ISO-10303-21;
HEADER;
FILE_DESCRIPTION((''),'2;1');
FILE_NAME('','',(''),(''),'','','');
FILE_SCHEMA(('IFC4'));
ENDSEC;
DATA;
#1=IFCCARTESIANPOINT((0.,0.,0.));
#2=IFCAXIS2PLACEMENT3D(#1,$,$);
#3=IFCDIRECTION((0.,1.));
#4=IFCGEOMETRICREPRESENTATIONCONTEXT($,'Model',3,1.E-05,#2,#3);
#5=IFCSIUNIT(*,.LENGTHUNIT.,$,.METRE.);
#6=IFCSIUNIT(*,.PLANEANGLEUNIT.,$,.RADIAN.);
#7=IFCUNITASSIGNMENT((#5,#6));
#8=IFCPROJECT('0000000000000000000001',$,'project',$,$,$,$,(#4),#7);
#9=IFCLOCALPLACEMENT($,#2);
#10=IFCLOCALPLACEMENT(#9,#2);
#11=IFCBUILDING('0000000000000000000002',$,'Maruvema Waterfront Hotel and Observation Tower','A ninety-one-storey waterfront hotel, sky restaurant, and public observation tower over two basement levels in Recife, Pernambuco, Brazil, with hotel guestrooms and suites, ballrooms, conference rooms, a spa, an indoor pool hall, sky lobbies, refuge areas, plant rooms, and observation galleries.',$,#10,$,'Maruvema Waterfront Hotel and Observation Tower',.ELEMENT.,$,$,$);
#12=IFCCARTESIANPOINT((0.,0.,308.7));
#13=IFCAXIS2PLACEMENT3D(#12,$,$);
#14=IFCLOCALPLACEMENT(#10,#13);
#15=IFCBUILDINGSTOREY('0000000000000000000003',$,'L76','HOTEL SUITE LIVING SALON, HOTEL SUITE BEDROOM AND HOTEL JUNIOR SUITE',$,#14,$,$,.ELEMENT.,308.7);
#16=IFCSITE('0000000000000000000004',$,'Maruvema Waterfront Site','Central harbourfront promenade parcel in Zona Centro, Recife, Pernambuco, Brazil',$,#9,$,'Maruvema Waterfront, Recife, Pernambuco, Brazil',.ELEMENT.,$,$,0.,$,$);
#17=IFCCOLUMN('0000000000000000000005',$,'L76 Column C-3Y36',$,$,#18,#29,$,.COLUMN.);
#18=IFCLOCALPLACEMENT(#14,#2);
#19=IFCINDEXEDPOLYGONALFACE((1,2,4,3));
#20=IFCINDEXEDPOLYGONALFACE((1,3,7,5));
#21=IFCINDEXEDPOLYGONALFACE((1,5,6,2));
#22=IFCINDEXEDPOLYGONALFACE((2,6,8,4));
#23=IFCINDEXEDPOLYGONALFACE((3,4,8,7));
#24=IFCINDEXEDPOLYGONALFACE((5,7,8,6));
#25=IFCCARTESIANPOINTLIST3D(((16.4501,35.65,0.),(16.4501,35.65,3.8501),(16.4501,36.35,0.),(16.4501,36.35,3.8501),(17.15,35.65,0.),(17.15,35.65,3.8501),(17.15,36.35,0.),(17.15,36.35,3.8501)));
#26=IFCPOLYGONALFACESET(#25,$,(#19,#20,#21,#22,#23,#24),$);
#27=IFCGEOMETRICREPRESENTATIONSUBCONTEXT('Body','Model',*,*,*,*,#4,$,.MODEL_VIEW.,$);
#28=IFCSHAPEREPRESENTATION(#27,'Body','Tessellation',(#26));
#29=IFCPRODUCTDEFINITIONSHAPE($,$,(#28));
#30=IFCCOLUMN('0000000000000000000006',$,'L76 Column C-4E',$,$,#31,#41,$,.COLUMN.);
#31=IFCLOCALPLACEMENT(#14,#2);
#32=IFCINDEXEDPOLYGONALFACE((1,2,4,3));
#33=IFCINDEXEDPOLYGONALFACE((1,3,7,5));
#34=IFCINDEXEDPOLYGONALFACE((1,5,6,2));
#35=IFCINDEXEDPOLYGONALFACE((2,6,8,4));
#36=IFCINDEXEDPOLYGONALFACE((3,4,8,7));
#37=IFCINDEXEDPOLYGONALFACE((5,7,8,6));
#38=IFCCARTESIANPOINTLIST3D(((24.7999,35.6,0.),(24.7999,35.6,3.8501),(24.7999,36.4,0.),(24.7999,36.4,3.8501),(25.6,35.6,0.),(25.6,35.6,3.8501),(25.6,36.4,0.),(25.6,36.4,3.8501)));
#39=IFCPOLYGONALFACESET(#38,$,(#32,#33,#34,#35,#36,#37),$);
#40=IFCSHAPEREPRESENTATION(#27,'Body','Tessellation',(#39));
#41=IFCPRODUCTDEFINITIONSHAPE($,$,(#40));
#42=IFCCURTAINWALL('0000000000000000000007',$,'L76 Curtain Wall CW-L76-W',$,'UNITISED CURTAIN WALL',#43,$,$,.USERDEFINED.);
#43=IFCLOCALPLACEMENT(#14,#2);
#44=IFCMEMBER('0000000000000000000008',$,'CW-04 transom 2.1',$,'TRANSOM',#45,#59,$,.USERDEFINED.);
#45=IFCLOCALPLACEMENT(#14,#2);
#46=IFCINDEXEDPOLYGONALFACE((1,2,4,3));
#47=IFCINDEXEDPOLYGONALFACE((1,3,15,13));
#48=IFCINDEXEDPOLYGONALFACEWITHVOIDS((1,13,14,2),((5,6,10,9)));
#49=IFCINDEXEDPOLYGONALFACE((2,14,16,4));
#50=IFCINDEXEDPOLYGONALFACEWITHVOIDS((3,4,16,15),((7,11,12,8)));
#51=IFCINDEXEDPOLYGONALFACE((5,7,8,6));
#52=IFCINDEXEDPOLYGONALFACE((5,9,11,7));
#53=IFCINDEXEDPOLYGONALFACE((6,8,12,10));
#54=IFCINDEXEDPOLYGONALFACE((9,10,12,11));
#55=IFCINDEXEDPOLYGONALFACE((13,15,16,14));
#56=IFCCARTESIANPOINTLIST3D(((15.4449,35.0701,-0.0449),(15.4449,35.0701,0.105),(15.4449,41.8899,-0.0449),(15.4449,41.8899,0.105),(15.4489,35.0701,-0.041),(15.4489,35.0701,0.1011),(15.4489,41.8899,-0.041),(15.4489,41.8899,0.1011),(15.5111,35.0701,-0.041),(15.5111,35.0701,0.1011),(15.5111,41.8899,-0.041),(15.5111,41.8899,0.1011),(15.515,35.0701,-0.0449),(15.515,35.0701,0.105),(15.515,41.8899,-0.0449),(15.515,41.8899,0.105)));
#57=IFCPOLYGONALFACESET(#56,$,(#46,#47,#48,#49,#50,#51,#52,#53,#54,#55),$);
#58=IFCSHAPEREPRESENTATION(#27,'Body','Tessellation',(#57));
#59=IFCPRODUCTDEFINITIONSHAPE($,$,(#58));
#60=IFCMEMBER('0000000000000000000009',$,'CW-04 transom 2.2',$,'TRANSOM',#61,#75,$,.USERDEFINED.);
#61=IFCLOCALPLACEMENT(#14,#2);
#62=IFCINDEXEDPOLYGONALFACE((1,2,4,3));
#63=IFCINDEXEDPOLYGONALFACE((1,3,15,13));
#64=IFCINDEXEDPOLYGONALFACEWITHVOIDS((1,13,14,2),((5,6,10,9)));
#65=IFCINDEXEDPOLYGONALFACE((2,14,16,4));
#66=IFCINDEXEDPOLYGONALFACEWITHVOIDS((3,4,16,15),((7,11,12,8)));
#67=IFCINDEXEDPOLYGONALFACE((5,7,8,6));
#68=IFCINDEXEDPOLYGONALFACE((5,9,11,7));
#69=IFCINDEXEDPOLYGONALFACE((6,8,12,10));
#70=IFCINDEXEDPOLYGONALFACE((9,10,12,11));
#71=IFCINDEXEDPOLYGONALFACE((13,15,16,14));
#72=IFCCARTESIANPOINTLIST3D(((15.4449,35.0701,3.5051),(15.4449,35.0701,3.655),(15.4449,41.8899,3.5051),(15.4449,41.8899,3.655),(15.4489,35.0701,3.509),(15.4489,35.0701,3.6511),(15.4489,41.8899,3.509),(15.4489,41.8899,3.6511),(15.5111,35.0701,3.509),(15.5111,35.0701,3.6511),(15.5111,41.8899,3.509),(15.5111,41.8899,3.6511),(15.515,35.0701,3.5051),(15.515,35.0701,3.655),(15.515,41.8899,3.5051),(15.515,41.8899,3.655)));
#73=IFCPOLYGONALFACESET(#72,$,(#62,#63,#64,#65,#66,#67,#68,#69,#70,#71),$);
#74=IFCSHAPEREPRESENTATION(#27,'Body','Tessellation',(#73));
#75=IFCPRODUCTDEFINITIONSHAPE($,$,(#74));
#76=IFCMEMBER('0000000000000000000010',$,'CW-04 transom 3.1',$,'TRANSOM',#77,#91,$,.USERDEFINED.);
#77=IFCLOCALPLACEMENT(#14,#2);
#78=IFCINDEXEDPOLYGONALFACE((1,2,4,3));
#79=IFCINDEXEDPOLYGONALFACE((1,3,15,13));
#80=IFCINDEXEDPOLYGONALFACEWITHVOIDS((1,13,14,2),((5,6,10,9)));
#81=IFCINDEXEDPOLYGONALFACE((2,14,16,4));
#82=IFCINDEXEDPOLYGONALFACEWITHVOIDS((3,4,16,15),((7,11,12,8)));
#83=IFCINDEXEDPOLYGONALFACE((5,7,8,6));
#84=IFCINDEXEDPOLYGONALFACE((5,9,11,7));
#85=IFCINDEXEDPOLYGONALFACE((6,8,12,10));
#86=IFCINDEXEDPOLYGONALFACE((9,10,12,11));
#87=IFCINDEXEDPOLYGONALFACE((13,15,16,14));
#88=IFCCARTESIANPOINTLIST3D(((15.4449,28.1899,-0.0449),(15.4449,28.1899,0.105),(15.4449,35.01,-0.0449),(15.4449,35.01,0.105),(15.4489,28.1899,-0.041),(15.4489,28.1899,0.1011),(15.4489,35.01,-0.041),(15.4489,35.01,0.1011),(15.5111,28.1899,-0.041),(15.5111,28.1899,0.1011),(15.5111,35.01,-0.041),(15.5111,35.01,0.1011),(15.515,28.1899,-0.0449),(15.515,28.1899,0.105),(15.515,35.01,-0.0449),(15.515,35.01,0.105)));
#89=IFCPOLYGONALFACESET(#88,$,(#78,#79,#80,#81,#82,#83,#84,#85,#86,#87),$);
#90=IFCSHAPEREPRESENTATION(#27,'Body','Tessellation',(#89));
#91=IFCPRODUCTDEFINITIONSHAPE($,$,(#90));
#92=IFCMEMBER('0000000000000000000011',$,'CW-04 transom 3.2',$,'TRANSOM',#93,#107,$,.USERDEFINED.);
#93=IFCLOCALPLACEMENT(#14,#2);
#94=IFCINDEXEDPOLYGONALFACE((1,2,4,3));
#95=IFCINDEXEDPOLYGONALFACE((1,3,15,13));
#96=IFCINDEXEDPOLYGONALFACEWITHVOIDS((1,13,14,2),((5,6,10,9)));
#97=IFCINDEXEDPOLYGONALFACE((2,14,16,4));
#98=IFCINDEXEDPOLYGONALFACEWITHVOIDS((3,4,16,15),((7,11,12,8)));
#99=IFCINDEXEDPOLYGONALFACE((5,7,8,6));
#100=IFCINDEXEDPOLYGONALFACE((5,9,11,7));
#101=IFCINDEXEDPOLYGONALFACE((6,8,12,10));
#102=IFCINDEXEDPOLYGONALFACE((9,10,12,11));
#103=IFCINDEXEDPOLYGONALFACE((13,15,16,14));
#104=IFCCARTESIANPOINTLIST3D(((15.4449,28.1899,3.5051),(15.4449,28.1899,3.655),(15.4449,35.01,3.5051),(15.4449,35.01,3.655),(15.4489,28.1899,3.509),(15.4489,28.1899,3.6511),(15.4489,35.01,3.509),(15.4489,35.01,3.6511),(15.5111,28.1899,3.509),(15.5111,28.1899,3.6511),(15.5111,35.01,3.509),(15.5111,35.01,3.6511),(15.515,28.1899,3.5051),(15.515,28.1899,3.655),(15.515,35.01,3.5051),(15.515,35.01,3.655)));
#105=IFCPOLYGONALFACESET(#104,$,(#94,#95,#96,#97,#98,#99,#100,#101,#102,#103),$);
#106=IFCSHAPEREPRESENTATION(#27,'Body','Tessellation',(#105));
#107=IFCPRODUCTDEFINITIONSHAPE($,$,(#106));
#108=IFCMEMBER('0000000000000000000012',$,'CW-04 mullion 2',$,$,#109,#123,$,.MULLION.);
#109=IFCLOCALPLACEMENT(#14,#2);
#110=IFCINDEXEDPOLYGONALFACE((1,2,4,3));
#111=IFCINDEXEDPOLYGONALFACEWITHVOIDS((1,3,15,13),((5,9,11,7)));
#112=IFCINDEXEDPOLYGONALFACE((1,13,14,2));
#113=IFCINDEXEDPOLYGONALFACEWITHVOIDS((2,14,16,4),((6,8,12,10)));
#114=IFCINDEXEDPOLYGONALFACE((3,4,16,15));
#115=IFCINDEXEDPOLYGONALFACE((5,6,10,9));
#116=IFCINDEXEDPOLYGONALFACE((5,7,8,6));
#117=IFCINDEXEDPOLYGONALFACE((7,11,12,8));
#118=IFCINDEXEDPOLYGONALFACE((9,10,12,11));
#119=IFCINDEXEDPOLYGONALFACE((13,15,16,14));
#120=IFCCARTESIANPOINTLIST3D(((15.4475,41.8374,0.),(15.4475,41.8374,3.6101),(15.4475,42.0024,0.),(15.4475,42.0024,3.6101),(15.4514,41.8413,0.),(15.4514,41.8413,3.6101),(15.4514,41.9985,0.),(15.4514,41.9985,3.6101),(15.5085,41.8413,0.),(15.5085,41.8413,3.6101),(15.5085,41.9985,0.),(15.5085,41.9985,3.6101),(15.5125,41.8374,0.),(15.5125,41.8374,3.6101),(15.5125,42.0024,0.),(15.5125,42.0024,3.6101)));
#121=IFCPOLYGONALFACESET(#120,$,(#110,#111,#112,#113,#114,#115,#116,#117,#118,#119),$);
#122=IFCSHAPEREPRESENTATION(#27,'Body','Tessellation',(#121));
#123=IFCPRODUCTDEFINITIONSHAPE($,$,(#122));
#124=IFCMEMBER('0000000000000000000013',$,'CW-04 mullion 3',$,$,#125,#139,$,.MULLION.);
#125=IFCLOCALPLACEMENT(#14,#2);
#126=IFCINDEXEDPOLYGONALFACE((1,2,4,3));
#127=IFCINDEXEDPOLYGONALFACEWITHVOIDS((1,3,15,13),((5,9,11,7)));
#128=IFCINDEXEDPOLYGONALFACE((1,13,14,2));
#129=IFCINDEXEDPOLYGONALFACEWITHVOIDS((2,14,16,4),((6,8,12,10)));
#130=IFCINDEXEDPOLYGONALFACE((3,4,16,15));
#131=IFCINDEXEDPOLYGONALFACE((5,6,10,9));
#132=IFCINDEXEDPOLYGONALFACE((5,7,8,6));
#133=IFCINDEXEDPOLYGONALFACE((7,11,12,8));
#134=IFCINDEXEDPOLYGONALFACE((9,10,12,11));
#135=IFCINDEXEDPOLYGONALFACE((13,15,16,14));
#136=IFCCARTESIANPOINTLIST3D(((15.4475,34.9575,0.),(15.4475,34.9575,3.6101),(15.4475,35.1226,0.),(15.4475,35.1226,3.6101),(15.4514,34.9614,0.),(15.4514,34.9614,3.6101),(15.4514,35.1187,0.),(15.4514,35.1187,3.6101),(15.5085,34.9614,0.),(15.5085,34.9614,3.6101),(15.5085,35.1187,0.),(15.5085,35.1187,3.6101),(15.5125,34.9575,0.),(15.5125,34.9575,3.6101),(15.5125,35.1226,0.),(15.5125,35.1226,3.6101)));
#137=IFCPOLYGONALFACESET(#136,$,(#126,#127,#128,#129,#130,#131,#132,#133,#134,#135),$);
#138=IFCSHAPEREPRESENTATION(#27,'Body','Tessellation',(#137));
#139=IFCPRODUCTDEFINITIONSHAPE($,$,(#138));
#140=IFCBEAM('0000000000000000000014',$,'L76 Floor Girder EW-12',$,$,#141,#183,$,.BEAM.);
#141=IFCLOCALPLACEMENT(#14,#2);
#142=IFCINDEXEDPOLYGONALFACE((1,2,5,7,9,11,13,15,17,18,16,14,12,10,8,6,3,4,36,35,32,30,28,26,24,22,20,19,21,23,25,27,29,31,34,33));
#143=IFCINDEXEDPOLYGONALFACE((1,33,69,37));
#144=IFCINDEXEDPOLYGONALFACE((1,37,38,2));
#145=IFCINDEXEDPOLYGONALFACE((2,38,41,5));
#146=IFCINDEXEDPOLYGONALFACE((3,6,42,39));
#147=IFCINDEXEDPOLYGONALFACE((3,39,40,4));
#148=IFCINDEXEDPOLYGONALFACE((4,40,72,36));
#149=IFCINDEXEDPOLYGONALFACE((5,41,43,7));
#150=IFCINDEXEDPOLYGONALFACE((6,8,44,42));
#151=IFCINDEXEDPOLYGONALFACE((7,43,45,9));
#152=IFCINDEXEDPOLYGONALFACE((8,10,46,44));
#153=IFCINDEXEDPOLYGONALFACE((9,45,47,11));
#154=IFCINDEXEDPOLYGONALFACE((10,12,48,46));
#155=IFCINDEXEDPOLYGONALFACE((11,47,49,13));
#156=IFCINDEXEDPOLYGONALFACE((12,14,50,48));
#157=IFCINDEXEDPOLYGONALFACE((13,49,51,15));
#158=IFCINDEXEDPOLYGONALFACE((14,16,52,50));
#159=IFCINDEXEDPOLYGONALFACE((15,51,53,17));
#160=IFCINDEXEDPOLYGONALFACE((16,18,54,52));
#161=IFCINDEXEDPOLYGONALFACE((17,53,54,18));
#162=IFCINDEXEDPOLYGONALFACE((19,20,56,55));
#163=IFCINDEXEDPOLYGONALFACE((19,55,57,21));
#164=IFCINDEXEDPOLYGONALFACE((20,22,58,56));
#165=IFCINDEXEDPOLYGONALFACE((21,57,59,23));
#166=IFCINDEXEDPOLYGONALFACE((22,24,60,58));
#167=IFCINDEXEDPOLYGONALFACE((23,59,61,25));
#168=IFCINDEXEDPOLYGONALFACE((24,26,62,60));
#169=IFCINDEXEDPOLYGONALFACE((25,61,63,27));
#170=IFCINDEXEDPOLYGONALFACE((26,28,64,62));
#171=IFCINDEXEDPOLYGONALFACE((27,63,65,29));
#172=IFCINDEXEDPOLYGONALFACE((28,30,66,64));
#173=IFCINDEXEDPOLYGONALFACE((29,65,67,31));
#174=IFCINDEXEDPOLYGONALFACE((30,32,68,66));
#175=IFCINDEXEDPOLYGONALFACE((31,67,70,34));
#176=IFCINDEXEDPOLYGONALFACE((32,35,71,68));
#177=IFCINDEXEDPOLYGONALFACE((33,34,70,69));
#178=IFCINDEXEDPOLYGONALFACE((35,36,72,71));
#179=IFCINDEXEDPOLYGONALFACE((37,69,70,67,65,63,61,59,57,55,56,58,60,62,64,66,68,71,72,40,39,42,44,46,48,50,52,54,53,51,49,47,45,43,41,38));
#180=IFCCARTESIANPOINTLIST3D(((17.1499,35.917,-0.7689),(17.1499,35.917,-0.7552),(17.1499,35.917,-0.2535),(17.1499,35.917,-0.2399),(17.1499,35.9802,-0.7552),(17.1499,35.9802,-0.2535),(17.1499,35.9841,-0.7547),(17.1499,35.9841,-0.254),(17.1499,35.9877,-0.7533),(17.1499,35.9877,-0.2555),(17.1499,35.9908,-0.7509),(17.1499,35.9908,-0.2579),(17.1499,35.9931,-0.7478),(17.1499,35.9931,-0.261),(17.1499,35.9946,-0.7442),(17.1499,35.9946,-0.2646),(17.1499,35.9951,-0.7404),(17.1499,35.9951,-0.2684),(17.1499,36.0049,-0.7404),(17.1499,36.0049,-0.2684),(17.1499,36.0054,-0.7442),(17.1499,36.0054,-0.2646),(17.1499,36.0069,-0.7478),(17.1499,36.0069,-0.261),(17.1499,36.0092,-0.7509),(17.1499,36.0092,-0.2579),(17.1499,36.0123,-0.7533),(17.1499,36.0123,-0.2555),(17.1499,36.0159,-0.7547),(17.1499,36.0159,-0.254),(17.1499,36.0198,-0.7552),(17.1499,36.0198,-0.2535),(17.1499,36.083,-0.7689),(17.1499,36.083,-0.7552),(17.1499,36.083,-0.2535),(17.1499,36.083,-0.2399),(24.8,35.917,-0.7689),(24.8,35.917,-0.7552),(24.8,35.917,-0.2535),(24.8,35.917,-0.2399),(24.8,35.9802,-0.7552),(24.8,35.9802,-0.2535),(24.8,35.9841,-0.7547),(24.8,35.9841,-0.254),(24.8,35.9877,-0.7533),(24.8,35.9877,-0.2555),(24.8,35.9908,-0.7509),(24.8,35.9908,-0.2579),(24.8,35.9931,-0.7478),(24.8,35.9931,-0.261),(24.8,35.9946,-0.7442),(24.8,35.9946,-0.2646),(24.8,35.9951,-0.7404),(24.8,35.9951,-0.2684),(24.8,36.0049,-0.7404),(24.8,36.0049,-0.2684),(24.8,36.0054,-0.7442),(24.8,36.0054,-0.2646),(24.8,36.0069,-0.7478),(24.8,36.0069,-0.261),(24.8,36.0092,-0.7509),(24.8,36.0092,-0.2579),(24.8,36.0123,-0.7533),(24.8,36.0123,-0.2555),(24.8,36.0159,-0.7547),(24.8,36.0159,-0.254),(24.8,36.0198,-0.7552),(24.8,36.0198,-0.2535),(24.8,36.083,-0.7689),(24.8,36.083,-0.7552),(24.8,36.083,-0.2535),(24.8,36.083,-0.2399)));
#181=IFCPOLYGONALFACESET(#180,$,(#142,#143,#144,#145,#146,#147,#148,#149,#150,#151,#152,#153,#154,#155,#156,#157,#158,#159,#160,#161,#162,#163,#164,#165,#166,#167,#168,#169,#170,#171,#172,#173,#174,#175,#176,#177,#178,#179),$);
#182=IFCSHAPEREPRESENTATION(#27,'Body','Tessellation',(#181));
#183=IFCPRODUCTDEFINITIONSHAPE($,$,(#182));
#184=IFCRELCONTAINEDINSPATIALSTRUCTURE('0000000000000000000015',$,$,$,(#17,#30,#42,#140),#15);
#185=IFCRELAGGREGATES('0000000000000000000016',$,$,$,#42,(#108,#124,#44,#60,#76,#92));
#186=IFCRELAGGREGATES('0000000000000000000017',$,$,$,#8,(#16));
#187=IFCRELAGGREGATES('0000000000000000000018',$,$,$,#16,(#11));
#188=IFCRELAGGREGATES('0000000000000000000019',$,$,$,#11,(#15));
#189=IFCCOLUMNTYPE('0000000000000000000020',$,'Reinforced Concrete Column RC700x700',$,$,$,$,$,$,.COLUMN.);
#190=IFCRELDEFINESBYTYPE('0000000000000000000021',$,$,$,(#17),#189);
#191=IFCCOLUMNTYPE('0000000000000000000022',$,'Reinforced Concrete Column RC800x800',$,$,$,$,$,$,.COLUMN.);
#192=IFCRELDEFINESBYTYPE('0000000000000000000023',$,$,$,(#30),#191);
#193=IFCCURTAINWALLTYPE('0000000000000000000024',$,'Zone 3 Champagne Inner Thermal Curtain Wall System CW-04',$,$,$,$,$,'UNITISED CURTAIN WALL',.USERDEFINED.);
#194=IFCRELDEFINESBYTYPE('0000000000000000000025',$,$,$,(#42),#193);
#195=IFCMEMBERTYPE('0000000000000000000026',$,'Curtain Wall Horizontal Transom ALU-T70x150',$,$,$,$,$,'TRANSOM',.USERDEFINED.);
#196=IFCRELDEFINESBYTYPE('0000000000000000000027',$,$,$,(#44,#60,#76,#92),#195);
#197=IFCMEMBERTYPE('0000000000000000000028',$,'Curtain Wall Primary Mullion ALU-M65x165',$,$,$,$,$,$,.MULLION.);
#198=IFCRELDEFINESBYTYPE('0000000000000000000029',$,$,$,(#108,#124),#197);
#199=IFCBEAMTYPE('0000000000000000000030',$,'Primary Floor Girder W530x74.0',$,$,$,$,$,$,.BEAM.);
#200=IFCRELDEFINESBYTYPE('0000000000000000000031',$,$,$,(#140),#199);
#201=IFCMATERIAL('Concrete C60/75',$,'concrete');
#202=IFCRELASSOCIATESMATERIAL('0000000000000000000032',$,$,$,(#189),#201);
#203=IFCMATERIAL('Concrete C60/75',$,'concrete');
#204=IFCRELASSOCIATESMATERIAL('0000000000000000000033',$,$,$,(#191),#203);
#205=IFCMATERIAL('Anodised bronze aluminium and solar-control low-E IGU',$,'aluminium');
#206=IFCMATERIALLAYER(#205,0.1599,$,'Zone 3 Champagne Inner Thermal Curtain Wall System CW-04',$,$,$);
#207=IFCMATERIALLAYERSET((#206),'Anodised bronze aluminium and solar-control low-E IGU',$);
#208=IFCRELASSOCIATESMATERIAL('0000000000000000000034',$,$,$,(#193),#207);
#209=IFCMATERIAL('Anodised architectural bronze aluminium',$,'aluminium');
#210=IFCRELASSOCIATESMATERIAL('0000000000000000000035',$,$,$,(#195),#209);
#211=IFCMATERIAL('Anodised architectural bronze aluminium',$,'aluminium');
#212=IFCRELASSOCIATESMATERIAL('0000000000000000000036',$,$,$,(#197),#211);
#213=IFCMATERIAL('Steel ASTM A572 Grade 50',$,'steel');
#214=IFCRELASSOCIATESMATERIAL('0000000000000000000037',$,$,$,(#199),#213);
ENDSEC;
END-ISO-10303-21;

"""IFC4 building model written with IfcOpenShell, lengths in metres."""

from ifc_helpers import new_model, si_unit, direction, frame, origin, origin_2d, place, context, subcontext, project, spatial, rectangle, hollow_rectangle, i_section, extrude, material, layer, layer_set, material_profile, profile_set, type_object, element, aggregate, save


model = new_model("IFC4")

# Units and contexts
model_context = context("Model", 3, precision=1e-05, world=origin(), true_north=direction((0.0, 1.0)))
body_context = subcontext(model_context, "Body", "Model", "MODEL_VIEW")
ifc_project = project(units=[si_unit("LENGTHUNIT", "METRE"), si_unit("PLANEANGLEUNIT", "RADIAN")], contexts=[model_context])

# Site, building, storey
site_placement = place(None, origin())
site = spatial("IfcSite", under=ifc_project, at=site_placement, Name="Maruvema Waterfront Site", Description="Central harbourfront promenade parcel in Zona Centro, Recife, Pernambuco, Brazil", LongName="Maruvema Waterfront, Recife, Pernambuco, Brazil", CompositionType="ELEMENT", RefElevation=0.0)
building_placement = place(site_placement, origin())
building = spatial("IfcBuilding", under=site, at=building_placement, Name="Maruvema Waterfront Hotel and Observation Tower", Description="A ninety-one-storey waterfront hotel, sky restaurant, and public observation tower over two basement levels in Recife, Pernambuco, Brazil, with hotel guestrooms and suites, ballrooms, conference rooms, a spa, an indoor pool hall, sky lobbies, refuge areas, plant rooms, and observation galleries.", LongName="Maruvema Waterfront Hotel and Observation Tower", CompositionType="ELEMENT")
storey_placement = place(building_placement, frame((0.0, 0.0, 308.7)))
storey = spatial("IfcBuildingStorey", under=building, at=storey_placement, Name="L76", Description="HOTEL SUITE LIVING SALON, HOTEL SUITE BEDROOM AND HOTEL JUNIOR SUITE", CompositionType="ELEMENT", Elevation=308.7)

# Columns
ifc_material_1 = material(Name="Concrete C60/75", Category="concrete")
ifc_material_profile_1 = material_profile(ifc_material_1, rectangle(XDim=0.7, YDim=0.7, at=origin_2d()), Name="RC700x700")
ifc_profile_set_1 = profile_set([ifc_material_profile_1], Name="Concrete C60/75")
column_type_1 = type_object("IfcColumnType", Name="Reinforced Concrete Column RC700x700", PredefinedType="COLUMN", material=ifc_profile_set_1)
column_1_placement = place(storey_placement, frame((16.8, 36.0, 0.0), z_axis=(0.0, 0.0, 1.0), x_axis=(1.0, 0.0, 0.0)))
element("IfcColumn", 1, at=column_1_placement, inside=storey, type_object=column_type_1, Name="L76 Column C-3Y36", PredefinedType="COLUMN", context=body_context, shape_type="SweptSolid", body=[
    extrude(rectangle(XDim=0.7, YDim=0.7, at=origin_2d()), origin(), (0.0, 0.0, 1.0), 3.8501),
])
ifc_material_2 = material(Name="Concrete C60/75", Category="concrete")
ifc_material_profile_2 = material_profile(ifc_material_2, rectangle(XDim=0.8, YDim=0.8, at=origin_2d()), Name="RC800x800")
ifc_profile_set_2 = profile_set([ifc_material_profile_2], Name="Concrete C60/75")
column_type_2 = type_object("IfcColumnType", Name="Reinforced Concrete Column RC800x800", PredefinedType="COLUMN", material=ifc_profile_set_2)
column_2_placement = place(storey_placement, frame((25.2, 36.0, 0.0), z_axis=(0.0, 0.0, 1.0), x_axis=(1.0, 0.0, 0.0)))
element("IfcColumn", 2, at=column_2_placement, inside=storey, type_object=column_type_2, Name="L76 Column C-4E", PredefinedType="COLUMN", context=body_context, shape_type="SweptSolid", body=[
    extrude(rectangle(XDim=0.8, YDim=0.8, at=origin_2d()), origin(), (0.0, 0.0, 1.0), 3.8501),
])

# Curtain wall, members
ifc_material_3 = material(Name="Anodised bronze aluminium and solar-control low-E IGU", Category="aluminium")
ifc_layer_1 = layer(ifc_material_3, 0.1599, Name="Zone 3 Champagne Inner Thermal Curtain Wall System CW-04")
ifc_layer_set_1 = layer_set([ifc_layer_1], Name="Anodised bronze aluminium and solar-control low-E IGU")
curtain_wall_type = type_object("IfcCurtainWallType", Name="Zone 3 Champagne Inner Thermal Curtain Wall System CW-04", ElementType="UNITISED CURTAIN WALL", PredefinedType="USERDEFINED", material=ifc_layer_set_1)
curtain_wall_placement = place(storey_placement, origin())
curtain_wall = element("IfcCurtainWall", 3, at=curtain_wall_placement, inside=storey, type_object=curtain_wall_type, Name="L76 Curtain Wall CW-L76-W", ObjectType="UNITISED CURTAIN WALL", PredefinedType="USERDEFINED")
ifc_material_4 = material(Name="Anodised architectural bronze aluminium", Category="aluminium")
ifc_material_profile_3 = material_profile(ifc_material_4, hollow_rectangle(XDim=0.0701, YDim=0.1499, WallThickness=0.0039, at=origin_2d()), Name="ALU-T70x150")
ifc_profile_set_3 = profile_set([ifc_material_profile_3], Name="Anodised architectural bronze aluminium")
member_type_1 = type_object("IfcMemberType", Name="Curtain Wall Horizontal Transom ALU-T70x150", ElementType="TRANSOM", PredefinedType="USERDEFINED", material=ifc_profile_set_3)
member_1_placement = place(storey_placement, frame((15.48, 41.8899, 0.03), z_axis=(0.0, -1.0, 0.0), x_axis=(1.0, 0.0, 0.0)))
member_1 = element("IfcMember", 4, at=member_1_placement, type_object=member_type_1, Name="CW-04 transom 2.1", ObjectType="TRANSOM", PredefinedType="USERDEFINED", context=body_context, shape_type="SweptSolid", body=[
    extrude(hollow_rectangle(XDim=0.0701, YDim=0.1499, WallThickness=0.0039, at=origin_2d()), origin(), (0.0, 0.0, 1.0), 6.8198),
])
member_2_placement = place(storey_placement, frame((15.48, 41.8899, 3.5801), z_axis=(0.0, -1.0, 0.0), x_axis=(1.0, 0.0, 0.0)))
member_2 = element("IfcMember", 5, at=member_2_placement, type_object=member_type_1, Name="CW-04 transom 2.2", ObjectType="TRANSOM", PredefinedType="USERDEFINED", context=body_context, shape_type="SweptSolid", body=[
    extrude(hollow_rectangle(XDim=0.0701, YDim=0.1499, WallThickness=0.0039, at=origin_2d()), origin(), (0.0, 0.0, 1.0), 6.8198),
])
member_3_placement = place(storey_placement, frame((15.48, 35.01, 0.03), z_axis=(0.0, -1.0, 0.0), x_axis=(1.0, 0.0, 0.0)))
member_3 = element("IfcMember", 6, at=member_3_placement, type_object=member_type_1, Name="CW-04 transom 3.1", ObjectType="TRANSOM", PredefinedType="USERDEFINED", context=body_context, shape_type="SweptSolid", body=[
    extrude(hollow_rectangle(XDim=0.0701, YDim=0.1499, WallThickness=0.0039, at=origin_2d()), origin(), (0.0, 0.0, 1.0), 6.8201),
])
member_4_placement = place(storey_placement, frame((15.48, 35.01, 3.5801), z_axis=(0.0, -1.0, 0.0), x_axis=(1.0, 0.0, 0.0)))
member_4 = element("IfcMember", 7, at=member_4_placement, type_object=member_type_1, Name="CW-04 transom 3.2", ObjectType="TRANSOM", PredefinedType="USERDEFINED", context=body_context, shape_type="SweptSolid", body=[
    extrude(hollow_rectangle(XDim=0.0701, YDim=0.1499, WallThickness=0.0039, at=origin_2d()), origin(), (0.0, 0.0, 1.0), 6.8201),
])
ifc_material_5 = material(Name="Anodised architectural bronze aluminium", Category="aluminium")
ifc_material_profile_4 = material_profile(ifc_material_5, hollow_rectangle(XDim=0.0649, YDim=0.165, WallThickness=0.0039, at=origin_2d()), Name="ALU-M65x165")
ifc_profile_set_4 = profile_set([ifc_material_profile_4], Name="Anodised architectural bronze aluminium")
member_type_2 = type_object("IfcMemberType", Name="Curtain Wall Primary Mullion ALU-M65x165", PredefinedType="MULLION", material=ifc_profile_set_4)
member_5_placement = place(storey_placement, frame((15.48, 41.9199, 0.0), z_axis=(0.0, 0.0, 1.0), x_axis=(1.0, 0.0, 0.0)))
member_5 = element("IfcMember", 8, at=member_5_placement, type_object=member_type_2, Name="CW-04 mullion 2", PredefinedType="MULLION", context=body_context, shape_type="SweptSolid", body=[
    extrude(hollow_rectangle(XDim=0.0649, YDim=0.165, WallThickness=0.0039, at=origin_2d()), origin(), (0.0, 0.0, 1.0), 3.6101),
])
member_6_placement = place(storey_placement, frame((15.48, 35.04, 0.0), z_axis=(0.0, 0.0, 1.0), x_axis=(1.0, 0.0, 0.0)))
member_6 = element("IfcMember", 9, at=member_6_placement, type_object=member_type_2, Name="CW-04 mullion 3", PredefinedType="MULLION", context=body_context, shape_type="SweptSolid", body=[
    extrude(hollow_rectangle(XDim=0.0649, YDim=0.165, WallThickness=0.0039, at=origin_2d()), origin(), (0.0, 0.0, 1.0), 3.6101),
])

# Beam
ifc_material_6 = material(Name="Steel ASTM A572 Grade 50", Category="steel")
ifc_material_profile_5 = material_profile(ifc_material_6, i_section(OverallWidth=0.166, OverallDepth=0.5291, WebThickness=0.0098, FlangeThickness=0.0137, FilletRadius=0.0149, at=origin_2d()), Name="W530x74.0")
ifc_profile_set_5 = profile_set([ifc_material_profile_5], Name="Steel ASTM A572 Grade 50")
beam_type_1 = type_object("IfcBeamType", Name="Primary Floor Girder W530x74.0", PredefinedType="BEAM", material=ifc_profile_set_5)
beam_1_placement = place(storey_placement, frame((17.1499, 36.0, -0.5044), z_axis=(1.0, 0.0, 0.0), x_axis=(0.0, 1.0, 0.0)))
element("IfcBeam", 10, at=beam_1_placement, inside=storey, type_object=beam_type_1, Name="L76 Floor Girder EW-12", PredefinedType="BEAM", context=body_context, shape_type="SweptSolid", body=[
    extrude(i_section(OverallWidth=0.166, OverallDepth=0.5291, WebThickness=0.0098, FlangeThickness=0.0137, FilletRadius=0.0149, at=origin_2d()), origin(), (0.0, 0.0, 1.0), 7.6501),
])

aggregate(curtain_wall, [member_5, member_6, member_1, member_2, member_3, member_4])

save(model, "model.ifc")
